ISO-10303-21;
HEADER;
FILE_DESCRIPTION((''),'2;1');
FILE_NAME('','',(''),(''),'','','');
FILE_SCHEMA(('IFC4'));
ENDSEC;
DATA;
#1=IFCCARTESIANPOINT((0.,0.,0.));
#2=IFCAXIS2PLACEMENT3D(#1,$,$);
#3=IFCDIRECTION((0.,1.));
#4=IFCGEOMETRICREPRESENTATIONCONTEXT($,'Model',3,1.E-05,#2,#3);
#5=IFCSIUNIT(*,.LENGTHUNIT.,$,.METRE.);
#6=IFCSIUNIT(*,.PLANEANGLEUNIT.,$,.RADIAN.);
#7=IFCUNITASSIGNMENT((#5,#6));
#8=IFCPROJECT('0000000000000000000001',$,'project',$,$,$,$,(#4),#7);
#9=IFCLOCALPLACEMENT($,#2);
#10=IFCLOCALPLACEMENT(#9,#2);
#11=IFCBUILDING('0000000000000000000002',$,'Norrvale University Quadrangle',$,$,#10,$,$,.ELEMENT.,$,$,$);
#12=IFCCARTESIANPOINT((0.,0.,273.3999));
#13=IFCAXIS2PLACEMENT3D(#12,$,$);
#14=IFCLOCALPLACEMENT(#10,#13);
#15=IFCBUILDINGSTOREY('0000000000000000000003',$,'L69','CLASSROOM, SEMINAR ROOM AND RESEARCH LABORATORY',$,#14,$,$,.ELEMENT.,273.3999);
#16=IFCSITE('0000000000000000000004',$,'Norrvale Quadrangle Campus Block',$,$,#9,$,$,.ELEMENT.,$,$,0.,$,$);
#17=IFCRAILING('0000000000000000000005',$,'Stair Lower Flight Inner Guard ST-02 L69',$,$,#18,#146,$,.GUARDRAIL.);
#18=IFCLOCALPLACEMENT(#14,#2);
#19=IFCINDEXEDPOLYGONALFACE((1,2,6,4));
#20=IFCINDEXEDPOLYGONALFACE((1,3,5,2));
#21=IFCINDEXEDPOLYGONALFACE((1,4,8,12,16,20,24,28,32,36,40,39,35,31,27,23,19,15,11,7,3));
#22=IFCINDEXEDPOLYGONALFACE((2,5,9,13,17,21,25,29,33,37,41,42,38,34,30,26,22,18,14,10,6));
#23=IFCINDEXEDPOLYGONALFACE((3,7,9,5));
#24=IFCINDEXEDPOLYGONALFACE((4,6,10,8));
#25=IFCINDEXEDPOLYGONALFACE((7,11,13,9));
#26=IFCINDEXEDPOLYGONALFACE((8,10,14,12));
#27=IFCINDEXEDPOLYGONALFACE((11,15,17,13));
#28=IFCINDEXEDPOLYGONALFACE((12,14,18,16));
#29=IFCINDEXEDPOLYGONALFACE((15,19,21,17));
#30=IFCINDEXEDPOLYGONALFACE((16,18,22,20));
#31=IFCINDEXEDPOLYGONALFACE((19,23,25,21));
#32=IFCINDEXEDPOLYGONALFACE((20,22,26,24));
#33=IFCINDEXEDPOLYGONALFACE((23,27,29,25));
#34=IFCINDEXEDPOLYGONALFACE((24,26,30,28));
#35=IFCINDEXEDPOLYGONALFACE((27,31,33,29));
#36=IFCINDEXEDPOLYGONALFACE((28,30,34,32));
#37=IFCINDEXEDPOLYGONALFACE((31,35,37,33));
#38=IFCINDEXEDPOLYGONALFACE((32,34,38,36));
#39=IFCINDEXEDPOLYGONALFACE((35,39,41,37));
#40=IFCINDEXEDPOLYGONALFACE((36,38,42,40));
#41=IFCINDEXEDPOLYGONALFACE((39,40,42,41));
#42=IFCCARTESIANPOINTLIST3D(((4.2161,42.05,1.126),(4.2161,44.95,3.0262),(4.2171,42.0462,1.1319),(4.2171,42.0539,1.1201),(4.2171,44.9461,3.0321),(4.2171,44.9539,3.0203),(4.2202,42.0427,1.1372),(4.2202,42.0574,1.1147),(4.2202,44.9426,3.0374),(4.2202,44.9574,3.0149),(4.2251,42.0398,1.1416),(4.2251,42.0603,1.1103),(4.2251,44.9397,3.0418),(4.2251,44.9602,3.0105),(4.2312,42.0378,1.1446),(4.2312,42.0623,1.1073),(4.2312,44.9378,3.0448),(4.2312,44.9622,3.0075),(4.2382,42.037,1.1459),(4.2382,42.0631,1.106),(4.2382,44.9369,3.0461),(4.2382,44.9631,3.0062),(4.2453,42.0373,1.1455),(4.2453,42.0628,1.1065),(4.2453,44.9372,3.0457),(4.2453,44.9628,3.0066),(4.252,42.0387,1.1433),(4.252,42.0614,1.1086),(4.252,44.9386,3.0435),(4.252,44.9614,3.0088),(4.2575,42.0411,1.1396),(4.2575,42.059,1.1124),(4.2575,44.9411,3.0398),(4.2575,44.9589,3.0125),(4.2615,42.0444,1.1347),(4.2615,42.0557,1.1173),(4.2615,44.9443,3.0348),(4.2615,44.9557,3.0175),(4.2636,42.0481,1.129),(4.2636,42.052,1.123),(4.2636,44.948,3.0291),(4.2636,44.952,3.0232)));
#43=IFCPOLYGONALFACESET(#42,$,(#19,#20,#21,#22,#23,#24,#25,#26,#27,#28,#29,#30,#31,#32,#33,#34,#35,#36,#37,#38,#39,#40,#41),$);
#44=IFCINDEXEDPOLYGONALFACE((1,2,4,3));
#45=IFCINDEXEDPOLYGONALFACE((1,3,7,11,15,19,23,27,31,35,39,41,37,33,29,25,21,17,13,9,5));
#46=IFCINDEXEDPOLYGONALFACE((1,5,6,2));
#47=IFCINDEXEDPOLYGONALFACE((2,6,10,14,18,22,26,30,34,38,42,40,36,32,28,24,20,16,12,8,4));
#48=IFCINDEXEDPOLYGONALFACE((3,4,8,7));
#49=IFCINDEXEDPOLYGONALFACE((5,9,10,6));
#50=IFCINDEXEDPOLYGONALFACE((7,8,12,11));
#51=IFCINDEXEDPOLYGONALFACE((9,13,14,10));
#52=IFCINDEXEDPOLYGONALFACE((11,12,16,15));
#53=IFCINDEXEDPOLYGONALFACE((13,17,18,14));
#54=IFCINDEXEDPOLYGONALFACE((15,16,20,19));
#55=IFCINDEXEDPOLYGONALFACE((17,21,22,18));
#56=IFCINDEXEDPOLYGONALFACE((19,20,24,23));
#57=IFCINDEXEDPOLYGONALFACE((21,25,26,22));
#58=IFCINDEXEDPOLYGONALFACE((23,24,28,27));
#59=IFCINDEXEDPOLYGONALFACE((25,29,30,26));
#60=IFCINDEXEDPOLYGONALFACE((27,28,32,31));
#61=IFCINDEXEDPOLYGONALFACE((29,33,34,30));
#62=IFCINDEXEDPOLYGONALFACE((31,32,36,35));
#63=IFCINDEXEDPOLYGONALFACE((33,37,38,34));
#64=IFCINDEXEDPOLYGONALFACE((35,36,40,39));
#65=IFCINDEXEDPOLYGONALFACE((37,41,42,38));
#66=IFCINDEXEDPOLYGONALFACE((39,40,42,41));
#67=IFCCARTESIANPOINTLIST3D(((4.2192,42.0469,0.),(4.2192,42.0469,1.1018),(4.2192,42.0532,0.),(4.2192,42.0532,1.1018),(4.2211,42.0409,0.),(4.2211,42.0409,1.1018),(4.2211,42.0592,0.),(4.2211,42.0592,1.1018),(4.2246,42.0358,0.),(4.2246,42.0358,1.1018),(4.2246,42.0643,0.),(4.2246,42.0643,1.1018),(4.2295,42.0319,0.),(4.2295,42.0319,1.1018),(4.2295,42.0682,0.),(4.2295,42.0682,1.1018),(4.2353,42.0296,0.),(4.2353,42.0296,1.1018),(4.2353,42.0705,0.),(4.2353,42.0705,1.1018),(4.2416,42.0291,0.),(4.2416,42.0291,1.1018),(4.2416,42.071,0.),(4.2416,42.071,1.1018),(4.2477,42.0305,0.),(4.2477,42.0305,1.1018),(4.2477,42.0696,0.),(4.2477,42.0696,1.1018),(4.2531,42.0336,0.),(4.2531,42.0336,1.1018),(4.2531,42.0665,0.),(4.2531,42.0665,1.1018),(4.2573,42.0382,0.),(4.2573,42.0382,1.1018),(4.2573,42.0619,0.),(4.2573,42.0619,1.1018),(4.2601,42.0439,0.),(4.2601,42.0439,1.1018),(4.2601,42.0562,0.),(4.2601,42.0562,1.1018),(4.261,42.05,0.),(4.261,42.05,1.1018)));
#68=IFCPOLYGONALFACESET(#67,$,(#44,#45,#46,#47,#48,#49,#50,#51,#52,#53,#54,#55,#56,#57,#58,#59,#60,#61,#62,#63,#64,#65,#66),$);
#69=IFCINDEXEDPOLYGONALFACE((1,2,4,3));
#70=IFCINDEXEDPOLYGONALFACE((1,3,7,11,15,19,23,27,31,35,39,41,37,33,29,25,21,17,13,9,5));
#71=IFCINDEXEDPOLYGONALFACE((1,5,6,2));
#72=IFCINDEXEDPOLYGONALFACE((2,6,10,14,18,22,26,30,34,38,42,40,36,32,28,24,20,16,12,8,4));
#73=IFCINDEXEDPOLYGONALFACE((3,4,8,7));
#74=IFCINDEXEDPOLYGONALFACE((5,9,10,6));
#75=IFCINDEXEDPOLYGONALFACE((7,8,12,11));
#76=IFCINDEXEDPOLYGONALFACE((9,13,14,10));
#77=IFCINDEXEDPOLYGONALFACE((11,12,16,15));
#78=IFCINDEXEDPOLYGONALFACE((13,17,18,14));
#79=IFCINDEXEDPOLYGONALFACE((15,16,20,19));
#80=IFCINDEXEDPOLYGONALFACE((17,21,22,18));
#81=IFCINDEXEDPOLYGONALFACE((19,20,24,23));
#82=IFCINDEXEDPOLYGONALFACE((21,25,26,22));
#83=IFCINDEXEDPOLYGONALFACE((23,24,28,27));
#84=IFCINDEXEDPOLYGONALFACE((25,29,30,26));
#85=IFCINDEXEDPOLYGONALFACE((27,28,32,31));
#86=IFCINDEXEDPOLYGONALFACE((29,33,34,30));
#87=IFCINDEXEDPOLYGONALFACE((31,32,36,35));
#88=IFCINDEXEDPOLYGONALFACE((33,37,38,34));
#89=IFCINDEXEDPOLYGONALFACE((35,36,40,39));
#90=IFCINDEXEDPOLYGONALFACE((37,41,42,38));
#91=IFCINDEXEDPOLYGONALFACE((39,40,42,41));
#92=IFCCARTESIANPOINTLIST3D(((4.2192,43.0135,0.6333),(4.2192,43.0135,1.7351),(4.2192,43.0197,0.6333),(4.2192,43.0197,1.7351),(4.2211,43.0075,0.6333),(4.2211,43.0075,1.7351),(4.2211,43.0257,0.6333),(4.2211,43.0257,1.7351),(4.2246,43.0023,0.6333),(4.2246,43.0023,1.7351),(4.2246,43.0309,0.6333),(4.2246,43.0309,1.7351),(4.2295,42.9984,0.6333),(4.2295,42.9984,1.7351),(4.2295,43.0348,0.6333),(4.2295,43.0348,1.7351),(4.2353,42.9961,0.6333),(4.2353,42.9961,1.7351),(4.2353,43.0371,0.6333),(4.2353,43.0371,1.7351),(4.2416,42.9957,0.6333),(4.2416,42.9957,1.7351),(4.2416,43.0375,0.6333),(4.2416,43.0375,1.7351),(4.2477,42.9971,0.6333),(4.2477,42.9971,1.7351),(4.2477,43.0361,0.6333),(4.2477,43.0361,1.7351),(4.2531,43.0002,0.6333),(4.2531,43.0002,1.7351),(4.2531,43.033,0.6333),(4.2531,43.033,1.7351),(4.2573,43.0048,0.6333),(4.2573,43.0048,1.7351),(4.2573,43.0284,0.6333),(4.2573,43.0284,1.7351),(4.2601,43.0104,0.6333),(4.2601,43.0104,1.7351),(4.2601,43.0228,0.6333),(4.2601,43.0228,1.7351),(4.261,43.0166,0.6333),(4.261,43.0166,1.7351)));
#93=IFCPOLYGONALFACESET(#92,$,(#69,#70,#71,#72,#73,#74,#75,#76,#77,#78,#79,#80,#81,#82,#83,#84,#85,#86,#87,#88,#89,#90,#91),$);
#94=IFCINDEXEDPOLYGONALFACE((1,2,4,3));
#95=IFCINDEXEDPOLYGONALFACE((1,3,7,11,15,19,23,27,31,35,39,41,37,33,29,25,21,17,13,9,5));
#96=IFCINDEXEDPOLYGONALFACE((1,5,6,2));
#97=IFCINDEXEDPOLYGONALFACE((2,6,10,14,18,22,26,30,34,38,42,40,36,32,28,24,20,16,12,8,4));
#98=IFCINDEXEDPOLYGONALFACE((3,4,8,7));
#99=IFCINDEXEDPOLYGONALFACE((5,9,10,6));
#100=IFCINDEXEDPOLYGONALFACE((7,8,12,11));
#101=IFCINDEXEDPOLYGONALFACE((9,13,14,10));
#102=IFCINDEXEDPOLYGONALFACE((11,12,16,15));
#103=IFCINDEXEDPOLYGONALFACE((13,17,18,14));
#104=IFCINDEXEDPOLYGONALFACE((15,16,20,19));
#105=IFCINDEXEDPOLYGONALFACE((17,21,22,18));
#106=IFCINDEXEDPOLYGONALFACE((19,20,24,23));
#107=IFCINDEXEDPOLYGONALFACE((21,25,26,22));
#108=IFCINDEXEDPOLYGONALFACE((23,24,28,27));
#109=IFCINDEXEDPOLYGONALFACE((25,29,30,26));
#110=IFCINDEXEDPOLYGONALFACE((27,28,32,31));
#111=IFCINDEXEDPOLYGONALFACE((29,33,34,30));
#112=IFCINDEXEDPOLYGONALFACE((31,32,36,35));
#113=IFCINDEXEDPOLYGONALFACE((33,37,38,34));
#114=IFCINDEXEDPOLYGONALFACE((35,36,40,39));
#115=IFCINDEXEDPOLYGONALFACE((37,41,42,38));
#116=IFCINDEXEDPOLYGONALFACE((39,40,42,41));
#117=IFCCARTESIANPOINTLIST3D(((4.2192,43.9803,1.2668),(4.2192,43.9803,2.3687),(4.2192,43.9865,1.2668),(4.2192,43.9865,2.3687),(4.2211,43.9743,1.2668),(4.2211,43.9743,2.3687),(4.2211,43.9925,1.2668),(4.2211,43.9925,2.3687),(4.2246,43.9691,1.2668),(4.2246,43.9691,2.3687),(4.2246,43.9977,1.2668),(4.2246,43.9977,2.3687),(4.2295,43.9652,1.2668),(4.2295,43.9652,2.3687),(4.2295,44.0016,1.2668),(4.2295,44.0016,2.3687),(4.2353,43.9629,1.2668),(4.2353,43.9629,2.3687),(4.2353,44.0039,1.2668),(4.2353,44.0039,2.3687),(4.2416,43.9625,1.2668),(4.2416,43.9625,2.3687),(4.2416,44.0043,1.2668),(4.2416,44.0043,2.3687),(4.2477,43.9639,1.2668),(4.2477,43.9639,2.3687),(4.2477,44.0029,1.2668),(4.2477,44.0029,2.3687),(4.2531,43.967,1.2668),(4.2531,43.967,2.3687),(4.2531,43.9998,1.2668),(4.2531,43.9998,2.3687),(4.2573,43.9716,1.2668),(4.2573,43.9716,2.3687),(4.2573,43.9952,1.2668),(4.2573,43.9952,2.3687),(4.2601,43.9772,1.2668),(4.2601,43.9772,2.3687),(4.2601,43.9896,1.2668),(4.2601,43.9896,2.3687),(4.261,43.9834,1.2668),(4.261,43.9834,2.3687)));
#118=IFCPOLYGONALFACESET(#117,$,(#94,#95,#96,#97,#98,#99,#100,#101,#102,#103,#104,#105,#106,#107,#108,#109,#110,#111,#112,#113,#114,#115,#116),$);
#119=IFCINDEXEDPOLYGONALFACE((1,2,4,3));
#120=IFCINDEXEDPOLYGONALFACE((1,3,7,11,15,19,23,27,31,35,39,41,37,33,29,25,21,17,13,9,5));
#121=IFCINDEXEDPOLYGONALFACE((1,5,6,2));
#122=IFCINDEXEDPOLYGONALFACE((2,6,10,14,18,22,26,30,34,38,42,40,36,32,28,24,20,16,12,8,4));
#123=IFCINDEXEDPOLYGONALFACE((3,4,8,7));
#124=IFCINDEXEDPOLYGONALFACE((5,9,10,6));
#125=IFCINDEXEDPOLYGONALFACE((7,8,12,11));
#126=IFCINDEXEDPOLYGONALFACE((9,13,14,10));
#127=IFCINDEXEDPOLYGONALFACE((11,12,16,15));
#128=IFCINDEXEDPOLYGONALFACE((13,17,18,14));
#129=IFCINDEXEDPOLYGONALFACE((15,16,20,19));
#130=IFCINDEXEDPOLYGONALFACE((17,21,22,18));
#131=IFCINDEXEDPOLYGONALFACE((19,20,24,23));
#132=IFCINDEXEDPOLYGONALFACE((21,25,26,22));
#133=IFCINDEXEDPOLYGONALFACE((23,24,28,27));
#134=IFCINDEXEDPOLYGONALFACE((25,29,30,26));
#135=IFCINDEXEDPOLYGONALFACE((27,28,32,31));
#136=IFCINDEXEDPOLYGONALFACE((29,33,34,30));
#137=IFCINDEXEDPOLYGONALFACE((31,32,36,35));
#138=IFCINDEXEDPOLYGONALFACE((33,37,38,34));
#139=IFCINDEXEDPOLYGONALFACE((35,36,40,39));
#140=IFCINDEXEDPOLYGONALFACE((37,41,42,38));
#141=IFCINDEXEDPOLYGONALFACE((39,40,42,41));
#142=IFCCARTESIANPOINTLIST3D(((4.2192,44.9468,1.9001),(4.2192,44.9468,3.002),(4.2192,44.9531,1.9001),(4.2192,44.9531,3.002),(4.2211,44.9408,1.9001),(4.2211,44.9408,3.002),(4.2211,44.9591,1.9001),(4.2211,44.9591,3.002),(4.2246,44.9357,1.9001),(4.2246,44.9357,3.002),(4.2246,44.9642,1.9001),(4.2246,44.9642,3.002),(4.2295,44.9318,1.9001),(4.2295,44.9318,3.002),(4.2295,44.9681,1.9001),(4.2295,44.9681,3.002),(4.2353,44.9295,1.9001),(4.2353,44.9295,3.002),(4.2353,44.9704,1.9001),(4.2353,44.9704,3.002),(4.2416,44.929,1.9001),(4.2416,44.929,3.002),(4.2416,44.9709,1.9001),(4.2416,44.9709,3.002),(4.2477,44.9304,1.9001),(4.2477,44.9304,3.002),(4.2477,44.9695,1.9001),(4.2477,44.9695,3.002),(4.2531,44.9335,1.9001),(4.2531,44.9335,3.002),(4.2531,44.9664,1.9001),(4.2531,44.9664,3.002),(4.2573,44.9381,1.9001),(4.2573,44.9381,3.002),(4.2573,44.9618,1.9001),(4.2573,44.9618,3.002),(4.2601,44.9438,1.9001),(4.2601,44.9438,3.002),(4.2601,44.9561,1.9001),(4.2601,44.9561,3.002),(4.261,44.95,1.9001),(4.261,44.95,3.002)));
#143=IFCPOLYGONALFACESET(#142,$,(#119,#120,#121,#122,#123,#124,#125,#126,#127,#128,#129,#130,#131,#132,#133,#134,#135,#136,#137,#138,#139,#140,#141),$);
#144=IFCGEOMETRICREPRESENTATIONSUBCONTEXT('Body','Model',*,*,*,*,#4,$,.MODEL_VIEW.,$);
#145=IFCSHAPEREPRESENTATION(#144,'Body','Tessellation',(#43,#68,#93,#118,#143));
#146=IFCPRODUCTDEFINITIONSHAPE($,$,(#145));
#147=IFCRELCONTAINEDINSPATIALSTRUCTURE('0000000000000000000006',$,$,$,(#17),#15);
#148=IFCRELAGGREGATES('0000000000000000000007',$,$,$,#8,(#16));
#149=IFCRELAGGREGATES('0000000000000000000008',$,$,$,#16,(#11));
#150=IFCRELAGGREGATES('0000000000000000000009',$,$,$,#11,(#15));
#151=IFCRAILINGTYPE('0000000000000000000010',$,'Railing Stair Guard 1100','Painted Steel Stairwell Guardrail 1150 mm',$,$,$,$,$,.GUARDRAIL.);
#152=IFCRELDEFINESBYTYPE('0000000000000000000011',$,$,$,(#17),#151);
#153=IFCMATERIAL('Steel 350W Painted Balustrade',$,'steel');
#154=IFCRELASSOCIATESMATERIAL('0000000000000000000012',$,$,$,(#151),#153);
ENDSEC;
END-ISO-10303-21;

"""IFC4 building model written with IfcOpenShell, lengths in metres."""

from ifc_helpers import new_model, si_unit, direction, frame, origin, origin_2d, place, context, subcontext, project, spatial, circle, extrude, material, type_object, element, save


model = new_model("IFC4")

# Units and contexts
model_context = context("Model", 3, precision=1e-05, world=origin(), true_north=direction((0.0, 1.0)))
body_context = subcontext(model_context, "Body", "Model", "MODEL_VIEW")
ifc_project = project(units=[si_unit("LENGTHUNIT", "METRE"), si_unit("PLANEANGLEUNIT", "RADIAN")], contexts=[model_context])

# Site, building, storey
site_placement = place(None, origin())
site = spatial("IfcSite", under=ifc_project, at=site_placement, Name="Norrvale Quadrangle Campus Block", CompositionType="ELEMENT", RefElevation=0.0)
building_placement = place(site_placement, origin())
building = spatial("IfcBuilding", under=site, at=building_placement, Name="Norrvale University Quadrangle", CompositionType="ELEMENT")
storey_placement = place(building_placement, frame((0.0, 0.0, 273.3999)))
storey = spatial("IfcBuildingStorey", under=building, at=storey_placement, Name="L69", Description="CLASSROOM, SEMINAR ROOM AND RESEARCH LABORATORY", CompositionType="ELEMENT", Elevation=273.3999)

# Railing
ifc_material_1 = material(Name="Steel 350W Painted Balustrade", Category="steel")
railing_type_1 = type_object("IfcRailingType", Name="Railing Stair Guard 1100", Description="Painted Steel Stairwell Guardrail 1150 mm", PredefinedType="GUARDRAIL", material=ifc_material_1)
railing_1_placement = place(storey_placement, frame((4.24, 42.05, 0.0)))
element("IfcRailing", 1, at=railing_1_placement, inside=storey, type_object=railing_type_1, Name="Stair Lower Flight Inner Guard ST-02 L69", PredefinedType="GUARDRAIL", context=body_context, shape_type="SweptSolid", body=[
    extrude(circle(Radius=0.0239, at=origin_2d()), frame((0.0, 0.0, 1.126), z_axis=(0.0, 0.836433, 0.548069), x_axis=(-1.0, 0.0, 0.0)), (0.0, 0.0, 1.0), 3.467),
    extrude(circle(Radius=0.021, at=origin_2d()), origin(), (0.0, 0.0, 1.0), 1.1018),
    extrude(circle(Radius=0.021, at=origin_2d()), frame((0.0, 0.9666, 0.6333)), (0.0, 0.0, 1.0), 1.1018),
    extrude(circle(Radius=0.021, at=origin_2d()), frame((0.0, 1.9333, 1.2668)), (0.0, 0.0, 1.0), 1.1018),
    extrude(circle(Radius=0.021, at=origin_2d()), frame((0.0, 2.8999, 1.9001)), (0.0, 0.0, 1.0), 1.1018),
])

save(model, "model.ifc")
